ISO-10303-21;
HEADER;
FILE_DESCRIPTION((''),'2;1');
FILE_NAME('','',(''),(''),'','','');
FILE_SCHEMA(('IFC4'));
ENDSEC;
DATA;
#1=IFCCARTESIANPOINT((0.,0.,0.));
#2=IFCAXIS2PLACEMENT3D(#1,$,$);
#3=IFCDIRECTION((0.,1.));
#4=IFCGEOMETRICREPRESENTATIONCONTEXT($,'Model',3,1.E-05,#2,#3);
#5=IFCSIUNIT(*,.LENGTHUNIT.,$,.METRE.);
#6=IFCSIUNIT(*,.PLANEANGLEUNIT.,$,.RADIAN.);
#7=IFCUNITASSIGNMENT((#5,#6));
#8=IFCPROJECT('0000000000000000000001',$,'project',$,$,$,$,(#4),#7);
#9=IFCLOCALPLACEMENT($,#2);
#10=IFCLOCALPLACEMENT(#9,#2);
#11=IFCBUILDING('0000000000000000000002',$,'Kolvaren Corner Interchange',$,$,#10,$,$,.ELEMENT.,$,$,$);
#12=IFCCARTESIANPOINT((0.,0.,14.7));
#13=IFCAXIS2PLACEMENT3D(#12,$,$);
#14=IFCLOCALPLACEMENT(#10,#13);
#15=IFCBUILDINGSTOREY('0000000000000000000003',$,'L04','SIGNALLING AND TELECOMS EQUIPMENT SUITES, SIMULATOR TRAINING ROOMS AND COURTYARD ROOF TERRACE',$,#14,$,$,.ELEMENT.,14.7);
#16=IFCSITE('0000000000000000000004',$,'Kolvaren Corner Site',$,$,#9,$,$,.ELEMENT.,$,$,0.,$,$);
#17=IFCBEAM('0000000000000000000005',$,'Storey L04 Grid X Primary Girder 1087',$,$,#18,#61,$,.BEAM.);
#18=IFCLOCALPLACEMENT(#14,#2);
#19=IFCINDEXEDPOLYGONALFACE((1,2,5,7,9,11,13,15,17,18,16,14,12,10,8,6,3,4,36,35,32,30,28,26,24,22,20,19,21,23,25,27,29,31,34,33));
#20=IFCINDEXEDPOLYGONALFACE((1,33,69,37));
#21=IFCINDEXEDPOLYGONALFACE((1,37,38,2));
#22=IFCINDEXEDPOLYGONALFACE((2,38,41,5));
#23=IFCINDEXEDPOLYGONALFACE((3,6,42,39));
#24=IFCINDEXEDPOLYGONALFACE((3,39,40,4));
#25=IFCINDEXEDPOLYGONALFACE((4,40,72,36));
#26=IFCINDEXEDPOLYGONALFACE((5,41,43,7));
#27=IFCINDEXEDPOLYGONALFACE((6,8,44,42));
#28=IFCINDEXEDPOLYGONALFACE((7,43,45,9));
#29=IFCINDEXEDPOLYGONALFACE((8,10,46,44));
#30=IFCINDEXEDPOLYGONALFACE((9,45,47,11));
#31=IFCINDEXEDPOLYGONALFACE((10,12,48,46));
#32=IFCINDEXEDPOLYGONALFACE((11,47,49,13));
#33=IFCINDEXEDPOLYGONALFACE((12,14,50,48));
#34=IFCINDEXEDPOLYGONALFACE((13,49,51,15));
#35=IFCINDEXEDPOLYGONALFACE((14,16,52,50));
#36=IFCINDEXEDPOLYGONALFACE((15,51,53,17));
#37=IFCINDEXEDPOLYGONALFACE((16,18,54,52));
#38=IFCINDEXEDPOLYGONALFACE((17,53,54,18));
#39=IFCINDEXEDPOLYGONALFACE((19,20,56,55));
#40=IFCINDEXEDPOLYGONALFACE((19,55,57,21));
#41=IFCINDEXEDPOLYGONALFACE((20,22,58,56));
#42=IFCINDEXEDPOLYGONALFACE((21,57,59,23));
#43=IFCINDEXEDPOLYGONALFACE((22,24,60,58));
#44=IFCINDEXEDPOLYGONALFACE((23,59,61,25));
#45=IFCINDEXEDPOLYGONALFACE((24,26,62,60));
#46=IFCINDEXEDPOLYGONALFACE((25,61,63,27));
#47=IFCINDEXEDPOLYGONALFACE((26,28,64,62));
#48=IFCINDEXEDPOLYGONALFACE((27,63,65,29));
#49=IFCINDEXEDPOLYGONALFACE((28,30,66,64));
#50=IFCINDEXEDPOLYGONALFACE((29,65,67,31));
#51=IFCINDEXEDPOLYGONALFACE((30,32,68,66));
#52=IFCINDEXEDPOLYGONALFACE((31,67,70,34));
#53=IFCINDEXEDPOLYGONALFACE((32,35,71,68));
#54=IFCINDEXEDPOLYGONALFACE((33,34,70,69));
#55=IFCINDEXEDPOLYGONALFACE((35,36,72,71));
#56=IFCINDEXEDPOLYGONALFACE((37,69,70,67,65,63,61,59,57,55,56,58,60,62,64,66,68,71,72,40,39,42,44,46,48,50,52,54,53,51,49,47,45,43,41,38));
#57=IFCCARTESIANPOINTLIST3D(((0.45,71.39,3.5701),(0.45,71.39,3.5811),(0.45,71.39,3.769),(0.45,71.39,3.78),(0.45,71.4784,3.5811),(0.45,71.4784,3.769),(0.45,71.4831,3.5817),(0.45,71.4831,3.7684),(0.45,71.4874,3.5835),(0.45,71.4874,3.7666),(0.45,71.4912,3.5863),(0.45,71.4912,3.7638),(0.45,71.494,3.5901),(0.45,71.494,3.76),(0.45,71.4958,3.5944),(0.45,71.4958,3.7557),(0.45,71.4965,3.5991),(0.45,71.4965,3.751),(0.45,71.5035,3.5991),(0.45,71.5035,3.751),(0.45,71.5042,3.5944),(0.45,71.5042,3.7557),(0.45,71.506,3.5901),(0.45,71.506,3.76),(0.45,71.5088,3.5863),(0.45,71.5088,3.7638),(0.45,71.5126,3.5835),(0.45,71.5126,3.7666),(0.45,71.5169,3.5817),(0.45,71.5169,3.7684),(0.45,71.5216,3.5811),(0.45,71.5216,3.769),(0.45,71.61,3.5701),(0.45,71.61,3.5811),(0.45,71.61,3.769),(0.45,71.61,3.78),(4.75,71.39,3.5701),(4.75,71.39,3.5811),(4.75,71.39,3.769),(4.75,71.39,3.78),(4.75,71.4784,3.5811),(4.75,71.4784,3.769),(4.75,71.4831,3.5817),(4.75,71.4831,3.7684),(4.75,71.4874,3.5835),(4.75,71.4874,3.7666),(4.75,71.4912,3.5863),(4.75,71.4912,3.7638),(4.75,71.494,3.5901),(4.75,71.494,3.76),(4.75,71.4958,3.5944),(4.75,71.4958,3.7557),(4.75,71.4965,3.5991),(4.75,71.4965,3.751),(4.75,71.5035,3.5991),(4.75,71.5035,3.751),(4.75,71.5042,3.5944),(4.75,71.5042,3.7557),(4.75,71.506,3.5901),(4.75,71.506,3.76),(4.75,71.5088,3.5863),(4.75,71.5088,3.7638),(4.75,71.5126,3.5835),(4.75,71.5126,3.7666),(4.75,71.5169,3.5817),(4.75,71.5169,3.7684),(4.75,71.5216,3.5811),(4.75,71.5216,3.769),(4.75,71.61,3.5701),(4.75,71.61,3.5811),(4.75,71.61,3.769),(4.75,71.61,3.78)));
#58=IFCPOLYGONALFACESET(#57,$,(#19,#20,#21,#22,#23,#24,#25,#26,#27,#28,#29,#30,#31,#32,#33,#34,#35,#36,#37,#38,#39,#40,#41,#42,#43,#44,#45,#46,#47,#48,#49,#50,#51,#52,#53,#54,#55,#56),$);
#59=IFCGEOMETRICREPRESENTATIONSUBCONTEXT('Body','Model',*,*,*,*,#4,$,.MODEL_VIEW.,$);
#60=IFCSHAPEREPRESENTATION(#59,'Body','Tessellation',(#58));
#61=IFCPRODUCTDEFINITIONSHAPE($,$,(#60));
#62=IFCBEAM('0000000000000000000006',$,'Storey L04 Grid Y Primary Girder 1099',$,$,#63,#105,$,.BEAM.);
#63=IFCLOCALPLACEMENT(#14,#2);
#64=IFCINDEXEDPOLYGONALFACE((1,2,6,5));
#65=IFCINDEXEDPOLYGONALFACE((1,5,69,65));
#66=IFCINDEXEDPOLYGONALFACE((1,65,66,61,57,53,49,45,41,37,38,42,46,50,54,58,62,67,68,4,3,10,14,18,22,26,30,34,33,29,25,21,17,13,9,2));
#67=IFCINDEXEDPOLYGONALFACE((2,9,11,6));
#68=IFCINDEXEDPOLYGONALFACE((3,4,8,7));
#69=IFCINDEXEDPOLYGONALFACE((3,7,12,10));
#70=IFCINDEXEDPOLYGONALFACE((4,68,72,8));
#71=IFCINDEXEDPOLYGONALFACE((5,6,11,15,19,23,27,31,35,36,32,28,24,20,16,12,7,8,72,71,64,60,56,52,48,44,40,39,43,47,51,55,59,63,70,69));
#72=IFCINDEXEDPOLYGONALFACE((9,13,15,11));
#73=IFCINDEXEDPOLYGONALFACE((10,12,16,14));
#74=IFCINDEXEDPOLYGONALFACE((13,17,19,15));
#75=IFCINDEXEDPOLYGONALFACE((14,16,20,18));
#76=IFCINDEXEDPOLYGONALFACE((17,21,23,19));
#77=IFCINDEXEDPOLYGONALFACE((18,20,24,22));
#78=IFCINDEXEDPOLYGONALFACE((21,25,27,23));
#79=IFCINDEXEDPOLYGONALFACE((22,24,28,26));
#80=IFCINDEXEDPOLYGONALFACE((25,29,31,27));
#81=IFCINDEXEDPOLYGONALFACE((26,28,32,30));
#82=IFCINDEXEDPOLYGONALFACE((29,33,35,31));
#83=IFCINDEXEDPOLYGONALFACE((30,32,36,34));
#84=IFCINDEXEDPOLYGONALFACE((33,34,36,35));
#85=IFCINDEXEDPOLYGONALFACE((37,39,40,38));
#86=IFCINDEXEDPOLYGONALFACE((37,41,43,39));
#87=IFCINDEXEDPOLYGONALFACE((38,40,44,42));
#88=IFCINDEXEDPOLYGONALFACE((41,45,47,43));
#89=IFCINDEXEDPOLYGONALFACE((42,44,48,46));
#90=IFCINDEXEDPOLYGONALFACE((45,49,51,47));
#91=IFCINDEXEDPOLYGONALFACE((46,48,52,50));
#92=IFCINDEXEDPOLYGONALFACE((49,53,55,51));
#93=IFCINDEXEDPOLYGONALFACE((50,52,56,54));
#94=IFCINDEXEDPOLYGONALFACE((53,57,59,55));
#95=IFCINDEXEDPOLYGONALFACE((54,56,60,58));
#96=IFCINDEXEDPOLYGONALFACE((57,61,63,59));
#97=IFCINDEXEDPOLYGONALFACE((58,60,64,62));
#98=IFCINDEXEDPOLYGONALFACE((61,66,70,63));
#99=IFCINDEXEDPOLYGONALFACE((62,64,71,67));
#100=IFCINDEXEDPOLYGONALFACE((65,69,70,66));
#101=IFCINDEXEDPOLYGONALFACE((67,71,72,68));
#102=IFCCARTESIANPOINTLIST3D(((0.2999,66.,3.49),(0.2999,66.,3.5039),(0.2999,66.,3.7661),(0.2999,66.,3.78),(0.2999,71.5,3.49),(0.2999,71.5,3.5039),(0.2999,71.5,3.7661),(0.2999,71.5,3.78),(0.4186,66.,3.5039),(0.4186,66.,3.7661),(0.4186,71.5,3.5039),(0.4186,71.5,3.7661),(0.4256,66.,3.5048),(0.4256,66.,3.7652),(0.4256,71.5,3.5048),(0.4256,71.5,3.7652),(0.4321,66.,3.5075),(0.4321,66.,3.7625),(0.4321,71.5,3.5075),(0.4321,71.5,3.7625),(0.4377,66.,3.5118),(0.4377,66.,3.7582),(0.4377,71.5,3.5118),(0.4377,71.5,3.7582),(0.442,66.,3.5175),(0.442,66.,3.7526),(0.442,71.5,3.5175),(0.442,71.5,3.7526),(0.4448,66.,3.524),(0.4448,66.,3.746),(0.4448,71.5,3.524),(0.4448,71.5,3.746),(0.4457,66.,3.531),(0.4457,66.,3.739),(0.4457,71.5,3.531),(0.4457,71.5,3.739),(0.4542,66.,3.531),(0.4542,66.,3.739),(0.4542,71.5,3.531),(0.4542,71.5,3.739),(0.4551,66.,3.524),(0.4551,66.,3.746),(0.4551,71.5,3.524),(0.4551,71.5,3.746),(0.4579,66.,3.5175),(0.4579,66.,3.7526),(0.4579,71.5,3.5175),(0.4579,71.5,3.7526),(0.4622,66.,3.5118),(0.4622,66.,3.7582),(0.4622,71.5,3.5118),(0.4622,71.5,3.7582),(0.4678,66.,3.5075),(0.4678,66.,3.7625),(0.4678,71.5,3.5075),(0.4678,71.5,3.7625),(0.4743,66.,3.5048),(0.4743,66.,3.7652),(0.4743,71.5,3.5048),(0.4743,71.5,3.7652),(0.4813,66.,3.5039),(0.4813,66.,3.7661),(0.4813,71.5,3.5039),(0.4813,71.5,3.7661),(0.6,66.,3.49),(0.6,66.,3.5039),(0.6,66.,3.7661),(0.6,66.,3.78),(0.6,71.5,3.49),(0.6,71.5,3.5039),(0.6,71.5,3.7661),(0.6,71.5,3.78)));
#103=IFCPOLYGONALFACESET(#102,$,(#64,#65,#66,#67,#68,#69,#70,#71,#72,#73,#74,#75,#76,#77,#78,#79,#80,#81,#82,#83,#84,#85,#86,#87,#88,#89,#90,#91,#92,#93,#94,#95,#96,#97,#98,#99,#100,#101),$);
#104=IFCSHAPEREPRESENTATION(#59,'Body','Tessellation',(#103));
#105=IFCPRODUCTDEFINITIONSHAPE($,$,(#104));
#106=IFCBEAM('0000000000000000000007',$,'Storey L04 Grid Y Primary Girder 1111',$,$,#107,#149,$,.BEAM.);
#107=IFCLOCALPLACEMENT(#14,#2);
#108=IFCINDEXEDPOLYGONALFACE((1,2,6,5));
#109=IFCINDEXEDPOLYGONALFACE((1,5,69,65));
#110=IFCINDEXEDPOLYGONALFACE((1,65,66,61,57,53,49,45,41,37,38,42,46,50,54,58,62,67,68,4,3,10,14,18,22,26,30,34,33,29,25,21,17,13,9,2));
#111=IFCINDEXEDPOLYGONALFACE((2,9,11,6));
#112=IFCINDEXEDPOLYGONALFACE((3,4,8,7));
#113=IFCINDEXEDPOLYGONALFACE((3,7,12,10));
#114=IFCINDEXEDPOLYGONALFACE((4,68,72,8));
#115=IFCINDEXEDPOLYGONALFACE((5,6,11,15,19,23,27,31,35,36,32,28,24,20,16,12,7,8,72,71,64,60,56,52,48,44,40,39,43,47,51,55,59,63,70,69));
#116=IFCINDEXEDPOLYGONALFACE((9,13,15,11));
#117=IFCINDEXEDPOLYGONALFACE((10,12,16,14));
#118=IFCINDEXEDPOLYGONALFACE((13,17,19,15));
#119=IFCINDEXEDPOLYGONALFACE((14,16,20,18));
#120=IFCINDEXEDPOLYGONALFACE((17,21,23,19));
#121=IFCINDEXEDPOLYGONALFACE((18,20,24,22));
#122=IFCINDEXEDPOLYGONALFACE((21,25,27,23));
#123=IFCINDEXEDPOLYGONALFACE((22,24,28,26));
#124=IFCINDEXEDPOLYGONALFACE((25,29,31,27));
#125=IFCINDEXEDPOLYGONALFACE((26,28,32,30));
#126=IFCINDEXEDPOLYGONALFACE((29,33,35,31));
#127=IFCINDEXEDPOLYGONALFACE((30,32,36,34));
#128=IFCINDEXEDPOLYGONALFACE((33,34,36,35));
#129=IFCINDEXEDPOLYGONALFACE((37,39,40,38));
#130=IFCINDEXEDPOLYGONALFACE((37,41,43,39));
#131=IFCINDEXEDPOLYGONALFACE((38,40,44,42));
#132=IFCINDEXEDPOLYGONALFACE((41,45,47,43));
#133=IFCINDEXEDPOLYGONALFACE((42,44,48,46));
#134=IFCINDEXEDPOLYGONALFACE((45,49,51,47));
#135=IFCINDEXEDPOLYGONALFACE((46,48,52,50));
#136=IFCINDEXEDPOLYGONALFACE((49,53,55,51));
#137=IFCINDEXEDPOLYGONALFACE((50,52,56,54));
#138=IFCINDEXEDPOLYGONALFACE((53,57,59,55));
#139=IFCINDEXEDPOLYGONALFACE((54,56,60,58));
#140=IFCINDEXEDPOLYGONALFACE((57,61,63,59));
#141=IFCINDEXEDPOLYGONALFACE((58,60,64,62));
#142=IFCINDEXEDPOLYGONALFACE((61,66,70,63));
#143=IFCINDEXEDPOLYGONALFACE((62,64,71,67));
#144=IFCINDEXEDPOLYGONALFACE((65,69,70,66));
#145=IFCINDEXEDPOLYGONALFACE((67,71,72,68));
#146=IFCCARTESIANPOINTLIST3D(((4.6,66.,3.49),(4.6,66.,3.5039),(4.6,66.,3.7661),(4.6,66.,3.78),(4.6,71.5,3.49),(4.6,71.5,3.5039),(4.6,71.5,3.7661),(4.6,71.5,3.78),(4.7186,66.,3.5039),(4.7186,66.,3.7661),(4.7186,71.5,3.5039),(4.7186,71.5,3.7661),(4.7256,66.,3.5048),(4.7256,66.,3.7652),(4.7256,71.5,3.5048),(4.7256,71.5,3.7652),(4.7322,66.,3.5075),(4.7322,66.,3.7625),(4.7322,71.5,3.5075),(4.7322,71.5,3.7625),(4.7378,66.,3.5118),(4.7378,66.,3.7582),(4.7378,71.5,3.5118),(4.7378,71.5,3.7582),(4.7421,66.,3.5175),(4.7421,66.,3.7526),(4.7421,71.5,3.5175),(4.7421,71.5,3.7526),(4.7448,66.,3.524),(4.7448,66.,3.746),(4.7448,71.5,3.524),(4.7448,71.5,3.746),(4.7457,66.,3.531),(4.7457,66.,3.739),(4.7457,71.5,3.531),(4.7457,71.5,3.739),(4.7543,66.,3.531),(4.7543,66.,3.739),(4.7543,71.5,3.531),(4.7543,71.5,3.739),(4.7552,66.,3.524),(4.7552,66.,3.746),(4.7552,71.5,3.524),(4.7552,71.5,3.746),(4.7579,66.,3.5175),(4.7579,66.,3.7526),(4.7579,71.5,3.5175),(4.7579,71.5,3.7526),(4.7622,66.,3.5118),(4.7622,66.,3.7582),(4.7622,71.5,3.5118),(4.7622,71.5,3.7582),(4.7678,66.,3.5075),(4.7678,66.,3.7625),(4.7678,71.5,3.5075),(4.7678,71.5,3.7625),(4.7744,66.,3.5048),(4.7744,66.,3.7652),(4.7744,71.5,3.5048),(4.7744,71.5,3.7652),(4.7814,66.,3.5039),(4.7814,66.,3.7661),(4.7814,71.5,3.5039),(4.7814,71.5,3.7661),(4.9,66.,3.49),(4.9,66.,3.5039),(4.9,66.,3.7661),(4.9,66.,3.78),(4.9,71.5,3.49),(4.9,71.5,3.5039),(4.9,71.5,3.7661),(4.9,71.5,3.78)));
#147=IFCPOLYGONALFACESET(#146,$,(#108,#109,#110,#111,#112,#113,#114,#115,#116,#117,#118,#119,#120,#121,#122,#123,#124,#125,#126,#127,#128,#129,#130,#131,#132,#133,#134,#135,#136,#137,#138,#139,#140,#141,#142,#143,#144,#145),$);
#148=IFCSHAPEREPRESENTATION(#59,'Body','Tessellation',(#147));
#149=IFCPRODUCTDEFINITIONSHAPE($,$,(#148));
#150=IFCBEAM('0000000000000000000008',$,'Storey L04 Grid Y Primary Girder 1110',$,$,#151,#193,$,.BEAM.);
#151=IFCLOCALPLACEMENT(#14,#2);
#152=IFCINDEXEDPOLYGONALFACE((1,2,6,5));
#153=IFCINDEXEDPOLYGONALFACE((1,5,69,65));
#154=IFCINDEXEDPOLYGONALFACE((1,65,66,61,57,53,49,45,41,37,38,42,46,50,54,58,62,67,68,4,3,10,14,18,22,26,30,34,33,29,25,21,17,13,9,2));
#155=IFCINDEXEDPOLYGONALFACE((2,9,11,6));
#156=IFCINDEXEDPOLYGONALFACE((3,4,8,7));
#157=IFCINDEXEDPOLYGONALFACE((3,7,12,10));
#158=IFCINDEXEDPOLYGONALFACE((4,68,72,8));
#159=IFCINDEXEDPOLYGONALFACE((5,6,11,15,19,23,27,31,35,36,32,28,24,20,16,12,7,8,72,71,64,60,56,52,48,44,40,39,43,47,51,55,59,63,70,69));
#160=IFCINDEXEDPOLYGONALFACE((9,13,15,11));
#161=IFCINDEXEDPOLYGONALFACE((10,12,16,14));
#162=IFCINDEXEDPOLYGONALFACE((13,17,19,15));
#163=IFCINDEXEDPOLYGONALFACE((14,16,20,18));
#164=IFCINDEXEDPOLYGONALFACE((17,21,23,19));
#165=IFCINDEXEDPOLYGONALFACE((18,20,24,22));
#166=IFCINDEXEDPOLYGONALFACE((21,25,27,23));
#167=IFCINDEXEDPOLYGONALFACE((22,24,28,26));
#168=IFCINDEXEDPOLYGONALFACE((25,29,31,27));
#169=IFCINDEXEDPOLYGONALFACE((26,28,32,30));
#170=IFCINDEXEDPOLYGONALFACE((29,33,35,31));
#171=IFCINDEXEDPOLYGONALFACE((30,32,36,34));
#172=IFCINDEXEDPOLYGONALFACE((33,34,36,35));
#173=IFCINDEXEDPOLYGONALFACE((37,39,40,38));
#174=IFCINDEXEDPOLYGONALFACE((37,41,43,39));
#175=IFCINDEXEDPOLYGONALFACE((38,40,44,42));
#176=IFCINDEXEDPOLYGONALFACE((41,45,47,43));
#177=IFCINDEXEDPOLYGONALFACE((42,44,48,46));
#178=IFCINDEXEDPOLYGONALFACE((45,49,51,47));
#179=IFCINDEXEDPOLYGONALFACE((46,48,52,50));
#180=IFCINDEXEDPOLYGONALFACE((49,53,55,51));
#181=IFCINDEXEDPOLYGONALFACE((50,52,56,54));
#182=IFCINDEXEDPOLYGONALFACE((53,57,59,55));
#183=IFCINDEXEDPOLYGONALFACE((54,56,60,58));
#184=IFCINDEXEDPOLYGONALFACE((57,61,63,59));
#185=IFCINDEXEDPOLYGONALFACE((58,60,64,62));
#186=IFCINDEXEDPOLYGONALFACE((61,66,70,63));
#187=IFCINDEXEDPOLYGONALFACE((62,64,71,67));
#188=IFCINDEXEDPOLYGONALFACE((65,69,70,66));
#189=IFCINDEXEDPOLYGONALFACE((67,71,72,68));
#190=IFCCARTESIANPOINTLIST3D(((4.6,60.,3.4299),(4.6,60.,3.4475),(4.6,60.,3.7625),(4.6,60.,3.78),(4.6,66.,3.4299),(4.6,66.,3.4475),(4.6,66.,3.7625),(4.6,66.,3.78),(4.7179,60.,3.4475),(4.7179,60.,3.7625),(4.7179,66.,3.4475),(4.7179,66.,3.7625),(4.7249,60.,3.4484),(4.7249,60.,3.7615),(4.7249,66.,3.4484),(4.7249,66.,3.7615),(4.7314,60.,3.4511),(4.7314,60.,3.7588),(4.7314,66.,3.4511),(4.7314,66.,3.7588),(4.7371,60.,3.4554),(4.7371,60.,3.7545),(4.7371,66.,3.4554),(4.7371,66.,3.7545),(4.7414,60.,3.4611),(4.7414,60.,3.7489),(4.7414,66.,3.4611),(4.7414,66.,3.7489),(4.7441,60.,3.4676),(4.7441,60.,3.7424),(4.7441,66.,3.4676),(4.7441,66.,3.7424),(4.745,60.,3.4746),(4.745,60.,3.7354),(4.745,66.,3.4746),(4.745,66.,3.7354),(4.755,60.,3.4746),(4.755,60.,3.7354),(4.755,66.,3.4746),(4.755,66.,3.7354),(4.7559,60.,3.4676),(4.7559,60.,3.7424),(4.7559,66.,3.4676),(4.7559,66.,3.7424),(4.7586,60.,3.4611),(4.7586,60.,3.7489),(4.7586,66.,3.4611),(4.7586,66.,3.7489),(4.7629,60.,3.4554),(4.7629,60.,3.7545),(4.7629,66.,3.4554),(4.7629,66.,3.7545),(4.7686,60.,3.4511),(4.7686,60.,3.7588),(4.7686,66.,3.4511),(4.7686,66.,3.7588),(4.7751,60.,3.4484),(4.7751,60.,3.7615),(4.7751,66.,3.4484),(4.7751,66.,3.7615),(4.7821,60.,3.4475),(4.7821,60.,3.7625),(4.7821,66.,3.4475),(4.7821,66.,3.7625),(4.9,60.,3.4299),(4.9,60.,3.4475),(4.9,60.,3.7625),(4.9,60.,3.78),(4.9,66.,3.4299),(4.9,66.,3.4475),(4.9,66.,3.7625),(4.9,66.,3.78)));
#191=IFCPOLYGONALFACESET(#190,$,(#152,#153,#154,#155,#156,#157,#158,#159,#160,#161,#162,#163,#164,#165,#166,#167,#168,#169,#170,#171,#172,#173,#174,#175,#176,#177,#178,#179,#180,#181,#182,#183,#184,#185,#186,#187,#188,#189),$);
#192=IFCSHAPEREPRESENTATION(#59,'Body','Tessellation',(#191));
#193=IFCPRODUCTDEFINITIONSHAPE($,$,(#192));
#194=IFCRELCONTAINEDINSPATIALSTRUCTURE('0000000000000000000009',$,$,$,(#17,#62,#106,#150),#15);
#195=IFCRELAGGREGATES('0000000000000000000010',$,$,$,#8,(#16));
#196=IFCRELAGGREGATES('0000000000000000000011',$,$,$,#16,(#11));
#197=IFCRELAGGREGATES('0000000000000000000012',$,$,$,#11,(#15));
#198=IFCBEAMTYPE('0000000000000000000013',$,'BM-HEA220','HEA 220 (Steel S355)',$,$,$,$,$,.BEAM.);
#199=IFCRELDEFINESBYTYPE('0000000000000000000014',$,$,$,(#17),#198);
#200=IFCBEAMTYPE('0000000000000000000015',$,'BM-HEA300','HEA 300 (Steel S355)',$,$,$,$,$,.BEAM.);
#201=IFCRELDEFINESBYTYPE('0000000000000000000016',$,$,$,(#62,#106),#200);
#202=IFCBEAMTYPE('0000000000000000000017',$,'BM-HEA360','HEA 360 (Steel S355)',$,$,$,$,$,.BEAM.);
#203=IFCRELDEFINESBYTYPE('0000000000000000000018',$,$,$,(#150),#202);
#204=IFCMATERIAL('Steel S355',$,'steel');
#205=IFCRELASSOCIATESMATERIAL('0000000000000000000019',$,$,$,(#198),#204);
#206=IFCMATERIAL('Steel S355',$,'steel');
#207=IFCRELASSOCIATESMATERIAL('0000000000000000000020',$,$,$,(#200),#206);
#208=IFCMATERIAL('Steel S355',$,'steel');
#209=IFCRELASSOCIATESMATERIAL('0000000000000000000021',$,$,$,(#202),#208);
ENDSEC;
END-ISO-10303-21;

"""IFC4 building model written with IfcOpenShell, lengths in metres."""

from ifc_helpers import new_model, si_unit, direction, frame, origin, origin_2d, place, context, subcontext, project, spatial, i_section, extrude, material, material_profile, profile_set, type_object, element, save


model = new_model("IFC4")

# Units and contexts
model_context = context("Model", 3, precision=1e-05, world=origin(), true_north=direction((0.0, 1.0)))
body_context = subcontext(model_context, "Body", "Model", "MODEL_VIEW")
ifc_project = project(units=[si_unit("LENGTHUNIT", "METRE"), si_unit("PLANEANGLEUNIT", "RADIAN")], contexts=[model_context])

# Site, building, storey
site_placement = place(None, origin())
site = spatial("IfcSite", under=ifc_project, at=site_placement, Name="Kolvaren Corner Site", CompositionType="ELEMENT", RefElevation=0.0)
building_placement = place(site_placement, origin())
building = spatial("IfcBuilding", under=site, at=building_placement, Name="Kolvaren Corner Interchange", CompositionType="ELEMENT")
storey_placement = place(building_placement, frame((0.0, 0.0, 14.7)))
storey = spatial("IfcBuildingStorey", under=building, at=storey_placement, Name="L04", Description="SIGNALLING AND TELECOMS EQUIPMENT SUITES, SIMULATOR TRAINING ROOMS AND COURTYARD ROOF TERRACE", CompositionType="ELEMENT", Elevation=14.7)

# Beams
ifc_material_1 = material(Name="Steel S355", Category="steel")
ifc_material_profile_1 = material_profile(ifc_material_1, i_section(OverallWidth=0.22, OverallDepth=0.21, WebThickness=0.0071, FlangeThickness=0.011, FilletRadius=0.0181, at=origin_2d()), Name="HEA 220")
ifc_profile_set_1 = profile_set([ifc_material_profile_1], Name="Steel S355")
beam_type_1 = type_object("IfcBeamType", Name="BM-HEA220", Description="HEA 220 (Steel S355)", PredefinedType="BEAM", material=ifc_profile_set_1)
for number, where, z_axis, x_axis, name in (
    (1, (0.45, 71.5, 3.675), (1.0, 0.0, 0.0), (0.0, 1.0, 0.0), "Storey L04 Grid X Primary Girder 1087"),
):
    element("IfcBeam", number, at=place(storey_placement, frame(where, z_axis=z_axis, x_axis=x_axis)), inside=storey, type_object=beam_type_1, Name=name, PredefinedType="BEAM", context=body_context, shape_type="SweptSolid", body=[
        extrude(i_section(OverallWidth=0.22, OverallDepth=0.21, WebThickness=0.0071, FlangeThickness=0.011, FilletRadius=0.0181, at=origin_2d()), origin(), (0.0, 0.0, 1.0), 4.3),
    ])
ifc_material_2 = material(Name="Steel S355", Category="steel")
ifc_material_profile_2 = material_profile(ifc_material_2, i_section(OverallWidth=0.3, OverallDepth=0.29, WebThickness=0.0085, FlangeThickness=0.0139, FilletRadius=0.0271, at=origin_2d()), Name="HEA 300")
ifc_profile_set_2 = profile_set([ifc_material_profile_2], Name="Steel S355")
beam_type_2 = type_object("IfcBeamType", Name="BM-HEA300", Description="HEA 300 (Steel S355)", PredefinedType="BEAM", material=ifc_profile_set_2)
for number, where, z_axis, x_axis, name in (
    (2, (0.45, 66.0, 3.635), (0.0, 1.0, 0.0), (-1.0, 0.0, 0.0), "Storey L04 Grid Y Primary Girder 1099"),
    (3, (4.75, 66.0, 3.635), (0.0, 1.0, 0.0), (-1.0, 0.0, 0.0), "Storey L04 Grid Y Primary Girder 1111"),
):
    element("IfcBeam", number, at=place(storey_placement, frame(where, z_axis=z_axis, x_axis=x_axis)), inside=storey, type_object=beam_type_2, Name=name, PredefinedType="BEAM", context=body_context, shape_type="SweptSolid", body=[
        extrude(i_section(OverallWidth=0.3, OverallDepth=0.29, WebThickness=0.0085, FlangeThickness=0.0139, FilletRadius=0.0271, at=origin_2d()), origin(), (0.0, 0.0, 1.0), 5.5),
    ])
ifc_material_3 = material(Name="Steel S355", Category="steel")
ifc_material_profile_3 = material_profile(ifc_material_3, i_section(OverallWidth=0.3, OverallDepth=0.3501, WebThickness=0.01, FlangeThickness=0.0176, FilletRadius=0.0271, at=origin_2d()), Name="HEA 360")
ifc_profile_set_3 = profile_set([ifc_material_profile_3], Name="Steel S355")
beam_type_3 = type_object("IfcBeamType", Name="BM-HEA360", Description="HEA 360 (Steel S355)", PredefinedType="BEAM", material=ifc_profile_set_3)
beam_1_placement = place(storey_placement, frame((4.75, 60.0, 3.605), z_axis=(0.0, 1.0, 0.0), x_axis=(-1.0, 0.0, 0.0)))
element("IfcBeam", 4, at=beam_1_placement, inside=storey, type_object=beam_type_3, Name="Storey L04 Grid Y Primary Girder 1110", PredefinedType="BEAM", context=body_context, shape_type="SweptSolid", body=[
    extrude(i_section(OverallWidth=0.3, OverallDepth=0.3501, WebThickness=0.01, FlangeThickness=0.0176, FilletRadius=0.0271, at=origin_2d()), origin(), (0.0, 0.0, 1.0), 6.0),
])

save(model, "model.ifc")
